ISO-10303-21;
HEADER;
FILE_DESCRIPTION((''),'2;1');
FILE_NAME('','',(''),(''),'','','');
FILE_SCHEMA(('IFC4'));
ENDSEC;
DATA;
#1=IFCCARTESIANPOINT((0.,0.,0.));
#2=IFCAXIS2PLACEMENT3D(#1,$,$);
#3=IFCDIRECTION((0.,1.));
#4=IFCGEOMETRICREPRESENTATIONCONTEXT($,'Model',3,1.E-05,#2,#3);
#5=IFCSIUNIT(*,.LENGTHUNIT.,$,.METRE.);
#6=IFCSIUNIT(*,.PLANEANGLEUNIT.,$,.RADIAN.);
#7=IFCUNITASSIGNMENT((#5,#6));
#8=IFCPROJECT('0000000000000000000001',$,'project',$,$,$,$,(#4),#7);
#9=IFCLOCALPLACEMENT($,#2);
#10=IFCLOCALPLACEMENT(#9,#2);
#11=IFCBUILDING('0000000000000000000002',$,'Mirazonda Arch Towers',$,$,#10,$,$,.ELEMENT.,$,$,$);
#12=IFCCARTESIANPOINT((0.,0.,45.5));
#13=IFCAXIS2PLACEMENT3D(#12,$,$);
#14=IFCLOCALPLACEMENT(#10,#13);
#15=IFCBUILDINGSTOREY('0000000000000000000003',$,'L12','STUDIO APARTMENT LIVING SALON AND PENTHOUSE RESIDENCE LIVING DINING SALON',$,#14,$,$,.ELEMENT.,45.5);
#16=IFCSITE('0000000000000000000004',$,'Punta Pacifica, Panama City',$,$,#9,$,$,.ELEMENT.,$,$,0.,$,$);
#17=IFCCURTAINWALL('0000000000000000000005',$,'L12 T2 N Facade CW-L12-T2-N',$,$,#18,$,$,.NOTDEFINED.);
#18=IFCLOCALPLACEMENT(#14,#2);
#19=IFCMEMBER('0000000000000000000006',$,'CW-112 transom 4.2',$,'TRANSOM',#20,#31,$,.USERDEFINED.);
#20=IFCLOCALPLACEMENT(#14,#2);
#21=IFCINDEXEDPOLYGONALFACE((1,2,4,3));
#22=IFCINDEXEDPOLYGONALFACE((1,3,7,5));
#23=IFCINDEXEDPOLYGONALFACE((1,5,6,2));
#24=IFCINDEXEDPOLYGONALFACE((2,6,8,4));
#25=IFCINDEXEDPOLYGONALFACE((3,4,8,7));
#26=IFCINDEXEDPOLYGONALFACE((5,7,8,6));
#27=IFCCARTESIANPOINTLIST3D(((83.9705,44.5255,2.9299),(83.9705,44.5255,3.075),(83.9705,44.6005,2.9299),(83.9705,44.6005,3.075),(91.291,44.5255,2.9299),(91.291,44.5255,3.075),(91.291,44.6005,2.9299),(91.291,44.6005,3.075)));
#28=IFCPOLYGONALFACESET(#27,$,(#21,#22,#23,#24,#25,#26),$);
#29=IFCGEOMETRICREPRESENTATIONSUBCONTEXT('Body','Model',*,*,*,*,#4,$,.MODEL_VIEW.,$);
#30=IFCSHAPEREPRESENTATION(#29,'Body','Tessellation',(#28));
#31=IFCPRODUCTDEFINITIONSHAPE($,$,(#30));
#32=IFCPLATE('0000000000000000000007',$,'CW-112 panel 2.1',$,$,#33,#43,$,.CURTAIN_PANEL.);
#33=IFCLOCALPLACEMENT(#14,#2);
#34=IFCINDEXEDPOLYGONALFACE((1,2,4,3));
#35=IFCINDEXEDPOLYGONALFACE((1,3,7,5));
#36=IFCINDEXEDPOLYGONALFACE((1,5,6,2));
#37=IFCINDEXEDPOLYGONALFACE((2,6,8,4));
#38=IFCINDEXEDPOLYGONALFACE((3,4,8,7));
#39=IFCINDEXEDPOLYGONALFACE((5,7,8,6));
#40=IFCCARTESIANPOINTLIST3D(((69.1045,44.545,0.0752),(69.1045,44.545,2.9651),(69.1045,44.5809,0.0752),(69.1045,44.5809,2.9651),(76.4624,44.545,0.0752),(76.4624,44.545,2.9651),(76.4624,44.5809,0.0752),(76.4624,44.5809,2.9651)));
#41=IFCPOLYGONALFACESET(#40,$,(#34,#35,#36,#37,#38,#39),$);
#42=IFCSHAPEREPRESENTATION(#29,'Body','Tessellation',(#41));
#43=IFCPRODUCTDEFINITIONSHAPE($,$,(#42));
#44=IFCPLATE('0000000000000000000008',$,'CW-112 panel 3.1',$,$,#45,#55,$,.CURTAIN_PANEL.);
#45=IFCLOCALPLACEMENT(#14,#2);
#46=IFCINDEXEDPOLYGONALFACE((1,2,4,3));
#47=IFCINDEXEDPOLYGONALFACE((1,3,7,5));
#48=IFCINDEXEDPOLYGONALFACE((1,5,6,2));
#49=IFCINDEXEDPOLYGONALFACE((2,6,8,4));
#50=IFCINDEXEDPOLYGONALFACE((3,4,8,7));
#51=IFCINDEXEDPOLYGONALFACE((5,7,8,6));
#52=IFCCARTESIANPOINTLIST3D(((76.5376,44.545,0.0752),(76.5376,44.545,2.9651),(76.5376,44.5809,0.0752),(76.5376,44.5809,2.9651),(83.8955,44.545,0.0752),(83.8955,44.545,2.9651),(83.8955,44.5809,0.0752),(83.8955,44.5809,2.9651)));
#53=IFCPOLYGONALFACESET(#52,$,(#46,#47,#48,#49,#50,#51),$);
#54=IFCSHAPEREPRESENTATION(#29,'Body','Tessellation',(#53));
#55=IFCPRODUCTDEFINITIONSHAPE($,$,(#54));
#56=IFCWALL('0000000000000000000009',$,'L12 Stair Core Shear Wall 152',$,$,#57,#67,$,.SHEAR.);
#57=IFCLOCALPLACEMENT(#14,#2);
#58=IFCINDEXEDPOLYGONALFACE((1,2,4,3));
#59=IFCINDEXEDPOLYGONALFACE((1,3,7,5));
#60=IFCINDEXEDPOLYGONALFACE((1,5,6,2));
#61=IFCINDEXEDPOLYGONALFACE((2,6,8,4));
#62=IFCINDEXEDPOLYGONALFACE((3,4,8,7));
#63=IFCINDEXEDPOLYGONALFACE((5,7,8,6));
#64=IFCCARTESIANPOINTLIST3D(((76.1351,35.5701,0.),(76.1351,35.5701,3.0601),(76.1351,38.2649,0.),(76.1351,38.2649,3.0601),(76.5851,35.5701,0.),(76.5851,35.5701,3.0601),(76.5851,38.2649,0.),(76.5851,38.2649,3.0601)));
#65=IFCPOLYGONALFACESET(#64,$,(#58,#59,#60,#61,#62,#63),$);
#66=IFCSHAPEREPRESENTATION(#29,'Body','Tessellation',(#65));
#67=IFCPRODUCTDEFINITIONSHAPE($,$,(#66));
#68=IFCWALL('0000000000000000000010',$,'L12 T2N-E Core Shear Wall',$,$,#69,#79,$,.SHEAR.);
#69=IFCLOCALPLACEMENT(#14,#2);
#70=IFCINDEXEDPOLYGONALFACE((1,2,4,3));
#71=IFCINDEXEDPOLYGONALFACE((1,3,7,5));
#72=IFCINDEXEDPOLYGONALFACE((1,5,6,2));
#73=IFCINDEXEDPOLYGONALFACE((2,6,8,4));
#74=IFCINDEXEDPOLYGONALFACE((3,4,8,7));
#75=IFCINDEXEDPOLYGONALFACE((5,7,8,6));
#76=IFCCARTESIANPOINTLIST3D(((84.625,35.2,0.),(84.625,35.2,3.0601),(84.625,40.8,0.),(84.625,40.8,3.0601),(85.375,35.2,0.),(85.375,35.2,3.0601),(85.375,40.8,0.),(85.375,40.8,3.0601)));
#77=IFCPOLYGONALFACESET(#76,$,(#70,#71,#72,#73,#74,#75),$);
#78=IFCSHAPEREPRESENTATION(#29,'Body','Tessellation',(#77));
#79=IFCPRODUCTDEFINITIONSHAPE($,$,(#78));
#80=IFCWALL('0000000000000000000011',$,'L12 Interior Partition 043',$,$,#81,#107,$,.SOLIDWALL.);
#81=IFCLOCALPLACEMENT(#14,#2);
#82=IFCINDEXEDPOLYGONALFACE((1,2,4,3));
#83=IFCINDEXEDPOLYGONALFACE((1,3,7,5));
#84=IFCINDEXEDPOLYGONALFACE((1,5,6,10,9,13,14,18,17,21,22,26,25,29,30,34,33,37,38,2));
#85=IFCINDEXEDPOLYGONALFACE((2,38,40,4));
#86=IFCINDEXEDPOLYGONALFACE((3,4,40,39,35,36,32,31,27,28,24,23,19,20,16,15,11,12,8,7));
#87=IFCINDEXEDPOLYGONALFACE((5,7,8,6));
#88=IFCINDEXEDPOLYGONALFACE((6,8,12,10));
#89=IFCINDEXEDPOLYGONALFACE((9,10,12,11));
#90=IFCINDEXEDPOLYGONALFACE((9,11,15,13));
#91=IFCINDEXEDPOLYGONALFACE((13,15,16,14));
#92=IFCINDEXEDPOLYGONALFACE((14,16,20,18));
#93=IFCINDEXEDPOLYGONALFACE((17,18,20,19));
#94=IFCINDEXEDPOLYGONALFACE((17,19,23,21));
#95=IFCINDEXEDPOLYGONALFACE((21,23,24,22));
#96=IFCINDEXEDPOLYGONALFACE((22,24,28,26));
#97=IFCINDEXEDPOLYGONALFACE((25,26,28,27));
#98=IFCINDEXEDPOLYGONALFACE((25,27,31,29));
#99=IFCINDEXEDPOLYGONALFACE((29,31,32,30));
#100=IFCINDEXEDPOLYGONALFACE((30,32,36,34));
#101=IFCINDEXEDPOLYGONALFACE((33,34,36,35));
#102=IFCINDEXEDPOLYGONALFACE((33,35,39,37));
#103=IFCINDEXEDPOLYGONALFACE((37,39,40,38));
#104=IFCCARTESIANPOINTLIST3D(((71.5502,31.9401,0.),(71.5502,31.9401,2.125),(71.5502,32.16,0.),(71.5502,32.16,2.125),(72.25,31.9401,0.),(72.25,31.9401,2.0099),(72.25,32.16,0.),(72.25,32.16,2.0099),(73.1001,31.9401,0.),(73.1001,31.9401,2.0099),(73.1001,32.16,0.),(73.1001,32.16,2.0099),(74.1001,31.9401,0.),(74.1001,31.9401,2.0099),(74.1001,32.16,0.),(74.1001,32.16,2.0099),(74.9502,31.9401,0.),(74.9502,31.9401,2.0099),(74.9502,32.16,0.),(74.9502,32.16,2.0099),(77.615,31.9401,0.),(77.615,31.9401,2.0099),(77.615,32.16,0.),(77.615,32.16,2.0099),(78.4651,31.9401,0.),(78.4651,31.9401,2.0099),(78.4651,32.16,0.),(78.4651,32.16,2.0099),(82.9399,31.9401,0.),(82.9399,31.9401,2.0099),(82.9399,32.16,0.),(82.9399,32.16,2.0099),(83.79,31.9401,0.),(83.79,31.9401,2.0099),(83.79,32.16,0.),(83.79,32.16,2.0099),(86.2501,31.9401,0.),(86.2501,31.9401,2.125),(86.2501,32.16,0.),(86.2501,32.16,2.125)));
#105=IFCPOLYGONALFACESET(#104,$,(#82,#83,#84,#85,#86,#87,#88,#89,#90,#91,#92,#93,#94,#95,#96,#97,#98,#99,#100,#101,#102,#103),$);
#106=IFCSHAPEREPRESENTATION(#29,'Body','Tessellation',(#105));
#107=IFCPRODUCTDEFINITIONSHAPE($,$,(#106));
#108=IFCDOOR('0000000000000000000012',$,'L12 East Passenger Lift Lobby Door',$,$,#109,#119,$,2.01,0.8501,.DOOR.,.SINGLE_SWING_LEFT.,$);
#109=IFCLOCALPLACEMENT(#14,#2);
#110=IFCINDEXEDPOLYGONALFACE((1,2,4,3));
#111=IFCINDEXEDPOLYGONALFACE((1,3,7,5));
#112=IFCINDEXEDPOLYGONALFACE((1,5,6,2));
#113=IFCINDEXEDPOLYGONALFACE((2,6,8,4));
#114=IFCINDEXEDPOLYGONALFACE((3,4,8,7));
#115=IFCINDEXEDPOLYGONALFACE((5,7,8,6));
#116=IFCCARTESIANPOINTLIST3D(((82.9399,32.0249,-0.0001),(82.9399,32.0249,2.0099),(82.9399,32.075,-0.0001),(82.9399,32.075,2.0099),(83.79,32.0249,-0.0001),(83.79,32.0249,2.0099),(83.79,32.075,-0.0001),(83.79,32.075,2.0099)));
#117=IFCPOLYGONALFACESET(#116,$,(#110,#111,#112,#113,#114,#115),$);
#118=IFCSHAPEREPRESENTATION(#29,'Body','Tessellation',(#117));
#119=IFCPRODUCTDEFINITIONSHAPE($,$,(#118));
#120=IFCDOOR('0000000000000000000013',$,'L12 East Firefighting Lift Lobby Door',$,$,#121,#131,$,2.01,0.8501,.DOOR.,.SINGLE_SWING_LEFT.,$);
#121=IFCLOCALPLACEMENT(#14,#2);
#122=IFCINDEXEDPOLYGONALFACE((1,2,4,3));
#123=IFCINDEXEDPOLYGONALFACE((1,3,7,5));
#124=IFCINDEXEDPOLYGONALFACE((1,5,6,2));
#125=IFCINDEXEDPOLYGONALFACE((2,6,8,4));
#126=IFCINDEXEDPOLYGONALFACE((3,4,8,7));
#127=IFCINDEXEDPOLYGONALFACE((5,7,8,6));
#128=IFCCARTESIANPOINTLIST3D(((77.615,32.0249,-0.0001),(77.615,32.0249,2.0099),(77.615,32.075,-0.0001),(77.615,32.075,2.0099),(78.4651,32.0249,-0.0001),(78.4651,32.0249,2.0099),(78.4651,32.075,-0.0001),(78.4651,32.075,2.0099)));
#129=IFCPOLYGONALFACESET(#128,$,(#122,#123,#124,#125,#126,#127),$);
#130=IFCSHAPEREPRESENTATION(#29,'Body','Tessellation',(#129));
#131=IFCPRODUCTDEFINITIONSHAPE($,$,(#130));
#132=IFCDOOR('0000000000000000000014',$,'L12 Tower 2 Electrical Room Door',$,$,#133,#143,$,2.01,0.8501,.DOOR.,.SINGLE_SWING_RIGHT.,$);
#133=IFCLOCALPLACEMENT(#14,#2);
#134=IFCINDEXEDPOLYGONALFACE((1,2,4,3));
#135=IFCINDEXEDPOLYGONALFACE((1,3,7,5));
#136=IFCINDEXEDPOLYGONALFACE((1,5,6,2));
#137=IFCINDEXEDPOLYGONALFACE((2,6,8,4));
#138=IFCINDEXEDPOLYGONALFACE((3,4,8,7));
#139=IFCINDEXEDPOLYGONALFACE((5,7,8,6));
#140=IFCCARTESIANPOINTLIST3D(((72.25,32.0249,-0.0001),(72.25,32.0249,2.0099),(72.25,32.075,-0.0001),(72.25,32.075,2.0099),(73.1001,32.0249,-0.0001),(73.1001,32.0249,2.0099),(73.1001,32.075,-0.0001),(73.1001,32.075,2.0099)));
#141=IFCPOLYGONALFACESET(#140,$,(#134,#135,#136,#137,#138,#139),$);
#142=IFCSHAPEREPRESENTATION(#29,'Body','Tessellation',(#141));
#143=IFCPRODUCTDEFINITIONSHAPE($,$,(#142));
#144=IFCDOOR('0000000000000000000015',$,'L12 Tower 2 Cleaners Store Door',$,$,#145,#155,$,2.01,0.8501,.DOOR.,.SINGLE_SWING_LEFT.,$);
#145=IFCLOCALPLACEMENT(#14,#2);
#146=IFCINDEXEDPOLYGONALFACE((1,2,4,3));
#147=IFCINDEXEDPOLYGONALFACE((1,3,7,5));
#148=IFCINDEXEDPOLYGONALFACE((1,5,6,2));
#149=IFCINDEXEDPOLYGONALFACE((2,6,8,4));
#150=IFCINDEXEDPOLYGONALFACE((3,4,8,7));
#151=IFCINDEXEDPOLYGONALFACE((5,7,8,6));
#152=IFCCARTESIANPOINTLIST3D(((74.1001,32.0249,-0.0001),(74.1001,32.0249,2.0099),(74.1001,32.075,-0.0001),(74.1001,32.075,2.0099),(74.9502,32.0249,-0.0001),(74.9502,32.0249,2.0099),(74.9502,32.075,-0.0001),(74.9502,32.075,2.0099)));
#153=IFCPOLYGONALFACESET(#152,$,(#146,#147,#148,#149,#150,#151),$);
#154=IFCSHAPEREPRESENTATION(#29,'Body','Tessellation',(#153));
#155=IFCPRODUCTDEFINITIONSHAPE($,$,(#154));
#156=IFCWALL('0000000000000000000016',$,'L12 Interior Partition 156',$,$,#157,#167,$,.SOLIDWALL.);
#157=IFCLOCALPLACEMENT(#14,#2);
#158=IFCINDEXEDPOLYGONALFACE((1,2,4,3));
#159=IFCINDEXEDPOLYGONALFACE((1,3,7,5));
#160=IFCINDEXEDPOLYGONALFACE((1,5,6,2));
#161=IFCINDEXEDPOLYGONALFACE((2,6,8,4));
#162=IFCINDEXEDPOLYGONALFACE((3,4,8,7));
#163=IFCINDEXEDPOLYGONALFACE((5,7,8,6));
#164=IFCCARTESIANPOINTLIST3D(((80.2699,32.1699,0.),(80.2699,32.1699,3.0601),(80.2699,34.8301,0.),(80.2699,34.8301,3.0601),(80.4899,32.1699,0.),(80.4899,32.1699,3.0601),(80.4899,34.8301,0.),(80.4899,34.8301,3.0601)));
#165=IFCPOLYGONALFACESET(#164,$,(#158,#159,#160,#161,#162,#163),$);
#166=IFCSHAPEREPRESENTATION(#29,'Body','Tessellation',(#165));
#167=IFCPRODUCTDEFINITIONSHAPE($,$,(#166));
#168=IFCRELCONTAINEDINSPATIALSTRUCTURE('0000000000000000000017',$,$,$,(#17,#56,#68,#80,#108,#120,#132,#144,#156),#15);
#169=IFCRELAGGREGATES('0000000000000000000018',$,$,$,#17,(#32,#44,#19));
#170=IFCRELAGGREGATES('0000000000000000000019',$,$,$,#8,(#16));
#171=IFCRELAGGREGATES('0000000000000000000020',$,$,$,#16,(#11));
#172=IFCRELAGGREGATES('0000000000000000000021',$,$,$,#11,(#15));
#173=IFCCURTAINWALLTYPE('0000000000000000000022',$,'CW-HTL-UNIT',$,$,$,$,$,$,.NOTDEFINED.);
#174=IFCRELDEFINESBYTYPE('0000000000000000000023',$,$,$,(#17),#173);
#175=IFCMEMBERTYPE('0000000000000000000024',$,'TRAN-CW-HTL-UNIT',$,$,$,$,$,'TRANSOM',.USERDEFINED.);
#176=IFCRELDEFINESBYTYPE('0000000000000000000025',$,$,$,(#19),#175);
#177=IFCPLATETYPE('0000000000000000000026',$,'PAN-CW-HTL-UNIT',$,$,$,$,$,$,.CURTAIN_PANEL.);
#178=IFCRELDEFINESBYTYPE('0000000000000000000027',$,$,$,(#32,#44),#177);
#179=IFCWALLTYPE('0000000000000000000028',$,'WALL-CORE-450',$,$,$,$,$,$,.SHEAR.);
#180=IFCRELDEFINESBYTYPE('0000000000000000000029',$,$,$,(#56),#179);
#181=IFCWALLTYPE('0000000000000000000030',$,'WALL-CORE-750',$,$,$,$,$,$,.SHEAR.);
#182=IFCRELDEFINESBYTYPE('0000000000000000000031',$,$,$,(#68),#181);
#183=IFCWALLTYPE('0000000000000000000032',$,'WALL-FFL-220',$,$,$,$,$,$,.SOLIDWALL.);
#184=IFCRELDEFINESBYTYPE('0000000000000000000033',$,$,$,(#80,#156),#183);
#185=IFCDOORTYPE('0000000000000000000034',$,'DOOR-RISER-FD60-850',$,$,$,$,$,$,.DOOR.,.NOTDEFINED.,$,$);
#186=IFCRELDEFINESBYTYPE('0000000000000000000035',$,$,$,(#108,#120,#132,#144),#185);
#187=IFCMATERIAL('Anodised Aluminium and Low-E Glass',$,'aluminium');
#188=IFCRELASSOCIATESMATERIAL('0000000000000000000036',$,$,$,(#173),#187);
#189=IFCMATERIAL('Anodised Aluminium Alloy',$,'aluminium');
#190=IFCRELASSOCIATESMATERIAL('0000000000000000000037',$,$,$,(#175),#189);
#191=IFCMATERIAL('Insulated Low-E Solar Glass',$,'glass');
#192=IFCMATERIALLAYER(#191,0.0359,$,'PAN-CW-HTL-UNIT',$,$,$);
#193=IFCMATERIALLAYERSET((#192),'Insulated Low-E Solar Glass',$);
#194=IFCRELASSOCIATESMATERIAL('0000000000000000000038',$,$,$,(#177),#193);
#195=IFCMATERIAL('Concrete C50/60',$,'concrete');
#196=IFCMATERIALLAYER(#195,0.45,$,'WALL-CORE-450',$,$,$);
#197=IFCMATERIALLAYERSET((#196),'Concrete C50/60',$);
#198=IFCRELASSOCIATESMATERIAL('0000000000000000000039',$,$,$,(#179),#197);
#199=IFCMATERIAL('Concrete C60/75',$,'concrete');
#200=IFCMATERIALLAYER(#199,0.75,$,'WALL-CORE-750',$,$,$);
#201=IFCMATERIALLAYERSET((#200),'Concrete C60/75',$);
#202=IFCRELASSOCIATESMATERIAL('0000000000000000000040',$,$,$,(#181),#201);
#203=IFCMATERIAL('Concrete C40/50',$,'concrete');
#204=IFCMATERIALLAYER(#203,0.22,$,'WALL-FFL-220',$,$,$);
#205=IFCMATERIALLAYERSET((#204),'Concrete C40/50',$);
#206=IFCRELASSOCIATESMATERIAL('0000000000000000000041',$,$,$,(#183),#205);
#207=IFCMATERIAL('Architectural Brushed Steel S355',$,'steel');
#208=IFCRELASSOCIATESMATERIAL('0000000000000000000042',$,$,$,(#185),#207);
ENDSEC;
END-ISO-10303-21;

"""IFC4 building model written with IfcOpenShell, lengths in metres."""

from ifc_helpers import new_model, si_unit, direction, frame, frame_2d, origin, origin_2d, place, context, subcontext, project, spatial, rectangle, extrude, material, layer, layer_set, material_profile, profile_set, type_object, element, fill, aggregate, save


model = new_model("IFC4")

# Units and contexts
model_context = context("Model", 3, precision=1e-05, world=origin(), true_north=direction((0.0, 1.0)))
body_context = subcontext(model_context, "Body", "Model", "MODEL_VIEW")
ifc_project = project(units=[si_unit("LENGTHUNIT", "METRE"), si_unit("PLANEANGLEUNIT", "RADIAN")], contexts=[model_context])

# Site, building, storey
site_placement = place(None, origin())
site = spatial("IfcSite", under=ifc_project, at=site_placement, Name="Punta Pacifica, Panama City", CompositionType="ELEMENT", RefElevation=0.0)
building_placement = place(site_placement, origin())
building = spatial("IfcBuilding", under=site, at=building_placement, Name="Mirazonda Arch Towers", CompositionType="ELEMENT")
storey_placement = place(building_placement, frame((0.0, 0.0, 45.5)))
storey = spatial("IfcBuildingStorey", under=building, at=storey_placement, Name="L12", Description="STUDIO APARTMENT LIVING SALON AND PENTHOUSE RESIDENCE LIVING DINING SALON", CompositionType="ELEMENT", Elevation=45.5)

# Shared definitions
ifc_material_1 = material(Name="Concrete C60/75", Category="concrete")

# Curtain wall, member, plates
ifc_material_2 = material(Name="Anodised Aluminium and Low-E Glass", Category="aluminium")
curtain_wall_type = type_object("IfcCurtainWallType", Name="CW-HTL-UNIT", PredefinedType="NOTDEFINED", material=ifc_material_2)
curtain_wall_placement = place(storey_placement, origin())
curtain_wall = element("IfcCurtainWall", 1, at=curtain_wall_placement, inside=storey, type_object=curtain_wall_type, Name="L12 T2 N Facade CW-L12-T2-N", PredefinedType="NOTDEFINED")
ifc_material_3 = material(Name="Anodised Aluminium Alloy", Category="aluminium")
ifc_material_profile_1 = material_profile(ifc_material_3, rectangle(XDim=0.075, YDim=0.145, at=origin_2d()), Name="ALU-TRAN-75x145")
ifc_profile_set_1 = profile_set([ifc_material_profile_1], Name="Anodised Aluminium Alloy")
member_type_1 = type_object("IfcMemberType", Name="TRAN-CW-HTL-UNIT", ElementType="TRANSOM", PredefinedType="USERDEFINED", material=ifc_profile_set_1)
member_1_placement = place(storey_placement, frame((83.9705, 44.563, 3.0024), z_axis=(1.0, 0.0, 0.0), x_axis=(0.0, 1.0, 0.0)))
member_1 = element("IfcMember", 2, at=member_1_placement, type_object=member_type_1, Name="CW-112 transom 4.2", ObjectType="TRANSOM", PredefinedType="USERDEFINED", context=body_context, shape_type="SweptSolid", body=[
    extrude(rectangle(XDim=0.075, YDim=0.145, at=origin_2d()), origin(), (0.0, 0.0, 1.0), 7.3206),
])
ifc_material_4 = material(Name="Insulated Low-E Solar Glass", Category="glass")
ifc_layer_1 = layer(ifc_material_4, 0.0359, Name="PAN-CW-HTL-UNIT")
ifc_layer_set_1 = layer_set([ifc_layer_1], Name="Insulated Low-E Solar Glass")
plate_type = type_object("IfcPlateType", Name="PAN-CW-HTL-UNIT", PredefinedType="CURTAIN_PANEL", material=ifc_layer_set_1)
plate_1_placement = place(storey_placement, frame((72.7834, 44.563, 0.0752), z_axis=(0.0, 0.0, 1.0), x_axis=(1.0, 0.0, 0.0)))
plate_1 = element("IfcPlate", 3, at=plate_1_placement, type_object=plate_type, Name="CW-112 panel 2.1", PredefinedType="CURTAIN_PANEL", context=body_context, shape_type="SweptSolid", body=[
    extrude(rectangle(XDim=7.3579, YDim=0.0359, at=origin_2d()), origin(), (0.0, 0.0, 1.0), 2.8899),
])
plate_2_placement = place(storey_placement, frame((80.2166, 44.563, 0.0752), z_axis=(0.0, 0.0, 1.0), x_axis=(1.0, 0.0, 0.0)))
plate_2 = element("IfcPlate", 4, at=plate_2_placement, type_object=plate_type, Name="CW-112 panel 3.1", PredefinedType="CURTAIN_PANEL", context=body_context, shape_type="SweptSolid", body=[
    extrude(rectangle(XDim=7.3579, YDim=0.0359, at=origin_2d()), origin(), (0.0, 0.0, 1.0), 2.8899),
])
aggregate(curtain_wall, [plate_1, plate_2, member_1])

# Walls
ifc_material_5 = material(Name="Concrete C50/60", Category="concrete")
ifc_layer_2 = layer(ifc_material_5, 0.45, Name="WALL-CORE-450")
ifc_layer_set_2 = layer_set([ifc_layer_2], Name="Concrete C50/60")
wall_type_1 = type_object("IfcWallType", Name="WALL-CORE-450", PredefinedType="SHEAR", material=ifc_layer_set_2)
wall_1_placement = place(storey_placement, frame((76.3601, 35.5701, 0.0), z_axis=(0.0, 0.0, 1.0), x_axis=(0.0, 1.0, 0.0)))
element("IfcWall", 5, at=wall_1_placement, inside=storey, type_object=wall_type_1, Name="L12 Stair Core Shear Wall 152", PredefinedType="SHEAR", context=body_context, shape_type="SweptSolid", body=[
    extrude(rectangle(XDim=2.6948, YDim=0.45, at=frame_2d((1.3474, 0.0))), origin(), (0.0, 0.0, 1.0), 3.0601),
])
ifc_layer_3 = layer(ifc_material_1, 0.75, Name="WALL-CORE-750")
ifc_layer_set_3 = layer_set([ifc_layer_3], Name="Concrete C60/75")
wall_type_2 = type_object("IfcWallType", Name="WALL-CORE-750", PredefinedType="SHEAR", material=ifc_layer_set_3)
wall_2_placement = place(storey_placement, frame((85.0, 35.2, 0.0), z_axis=(0.0, 0.0, 1.0), x_axis=(0.0, 1.0, 0.0)))
element("IfcWall", 6, at=wall_2_placement, inside=storey, type_object=wall_type_2, Name="L12 T2N-E Core Shear Wall", PredefinedType="SHEAR", context=body_context, shape_type="SweptSolid", body=[
    extrude(rectangle(XDim=5.6001, YDim=0.75, at=frame_2d((2.8, 0.0))), origin(), (0.0, 0.0, 1.0), 3.0601),
])

# Wall, openings, doors
ifc_material_6 = material(Name="Concrete C40/50", Category="concrete")
ifc_layer_4 = layer(ifc_material_6, 0.22, Name="WALL-FFL-220")
ifc_layer_set_4 = layer_set([ifc_layer_4], Name="Concrete C40/50")
wall_type_3 = type_object("IfcWallType", Name="WALL-FFL-220", PredefinedType="SOLIDWALL", material=ifc_layer_set_4)
wall_3_placement = place(storey_placement, frame((71.55, 32.05, 0.0), z_axis=(0.0, 0.0, 1.0), x_axis=(1.0, 0.0, 0.0)))
wall_3 = element("IfcWall", 7, at=wall_3_placement, inside=storey, type_object=wall_type_3, Name="L12 Interior Partition 043", PredefinedType="SOLIDWALL", context=body_context, shape_type="SweptSolid", body=[
    extrude(rectangle(XDim=14.7, YDim=0.22, at=frame_2d((7.3501, 0.0))), origin(), (0.0, 0.0, 1.0), 2.125),
])
opening_1_placement = place(wall_3_placement, frame((11.3899, 0.0, 0.0)))
opening_1 = element("IfcOpeningElement", 8, at=opening_1_placement, cuts=wall_3, PredefinedType="OPENING", context=body_context, shape_type="SweptSolid", body=[
    extrude(rectangle(XDim=0.8501, YDim=2.01, at=frame_2d((0.425, 1.0049))), frame((0.0, 0.1199, 0.0), z_axis=(0.0, -1.0, 0.0), x_axis=(1.0, 0.0, 0.0)), (0.0, 0.0, 1.0), 0.24),
])
opening_2_placement = place(wall_3_placement, frame((6.0649, 0.0, 0.0)))
opening_2 = element("IfcOpeningElement", 9, at=opening_2_placement, cuts=wall_3, PredefinedType="OPENING", context=body_context, shape_type="SweptSolid", body=[
    extrude(rectangle(XDim=0.8501, YDim=2.01, at=frame_2d((0.425, 1.0049))), frame((0.0, 0.1199, 0.0), z_axis=(0.0, -1.0, 0.0), x_axis=(1.0, 0.0, 0.0)), (0.0, 0.0, 1.0), 0.24),
])
opening_3_placement = place(wall_3_placement, frame((0.7, 0.0, 0.0)))
opening_3 = element("IfcOpeningElement", 10, at=opening_3_placement, cuts=wall_3, PredefinedType="OPENING", context=body_context, shape_type="SweptSolid", body=[
    extrude(rectangle(XDim=0.8501, YDim=2.01, at=frame_2d((0.425, 1.0049))), frame((0.0, 0.1199, 0.0), z_axis=(0.0, -1.0, 0.0), x_axis=(1.0, 0.0, 0.0)), (0.0, 0.0, 1.0), 0.24),
])
opening_4_placement = place(wall_3_placement, frame((2.55, 0.0, 0.0)))
opening_4 = element("IfcOpeningElement", 11, at=opening_4_placement, cuts=wall_3, PredefinedType="OPENING", context=body_context, shape_type="SweptSolid", body=[
    extrude(rectangle(XDim=0.8501, YDim=2.01, at=frame_2d((0.425, 1.0049))), frame((0.0, 0.1199, 0.0), z_axis=(0.0, -1.0, 0.0), x_axis=(1.0, 0.0, 0.0)), (0.0, 0.0, 1.0), 0.24),
])
ifc_material_7 = material(Name="Architectural Brushed Steel S355", Category="steel")
door_type = type_object("IfcDoorType", Name="DOOR-RISER-FD60-850", OperationType="NOTDEFINED", PredefinedType="DOOR", material=ifc_material_7)
door_1_placement = place(opening_1_placement, origin())
door_1 = element("IfcDoor", 12, at=door_1_placement, inside=storey, type_object=door_type, Name="L12 East Passenger Lift Lobby Door", OperationType="SINGLE_SWING_LEFT", OverallHeight=2.01, OverallWidth=0.8501, PredefinedType="DOOR", context=body_context, shape_type="SweptSolid", body=[
    extrude(rectangle(XDim=0.8501, YDim=2.01, at=frame_2d((0.425, 1.0049))), frame((0.0, 0.0249, 0.0), z_axis=(0.0, -1.0, 0.0), x_axis=(1.0, 0.0, 0.0)), (0.0, 0.0, 1.0), 0.05),
])
fill(opening_1, door_1)
door_2_placement = place(opening_2_placement, origin())
door_2 = element("IfcDoor", 13, at=door_2_placement, inside=storey, type_object=door_type, Name="L12 East Firefighting Lift Lobby Door", OperationType="SINGLE_SWING_LEFT", OverallHeight=2.01, OverallWidth=0.8501, PredefinedType="DOOR", context=body_context, shape_type="SweptSolid", body=[
    extrude(rectangle(XDim=0.8501, YDim=2.01, at=frame_2d((0.425, 1.0049))), frame((0.0, 0.0249, 0.0), z_axis=(0.0, -1.0, 0.0), x_axis=(1.0, 0.0, 0.0)), (0.0, 0.0, 1.0), 0.05),
])
fill(opening_2, door_2)
door_3_placement = place(opening_3_placement, origin())
door_3 = element("IfcDoor", 14, at=door_3_placement, inside=storey, type_object=door_type, Name="L12 Tower 2 Electrical Room Door", OperationType="SINGLE_SWING_RIGHT", OverallHeight=2.01, OverallWidth=0.8501, PredefinedType="DOOR", context=body_context, shape_type="SweptSolid", body=[
    extrude(rectangle(XDim=0.8501, YDim=2.01, at=frame_2d((0.425, 1.0049))), frame((0.0, 0.0249, 0.0), z_axis=(0.0, -1.0, 0.0), x_axis=(1.0, 0.0, 0.0)), (0.0, 0.0, 1.0), 0.05),
])
fill(opening_3, door_3)
door_4_placement = place(opening_4_placement, origin())
door_4 = element("IfcDoor", 15, at=door_4_placement, inside=storey, type_object=door_type, Name="L12 Tower 2 Cleaners Store Door", OperationType="SINGLE_SWING_LEFT", OverallHeight=2.01, OverallWidth=0.8501, PredefinedType="DOOR", context=body_context, shape_type="SweptSolid", body=[
    extrude(rectangle(XDim=0.8501, YDim=2.01, at=frame_2d((0.425, 1.0049))), frame((0.0, 0.0249, 0.0), z_axis=(0.0, -1.0, 0.0), x_axis=(1.0, 0.0, 0.0)), (0.0, 0.0, 1.0), 0.05),
])
fill(opening_4, door_4)

# Wall
wall_4_placement = place(storey_placement, frame((80.3799, 32.1699, 0.0), z_axis=(0.0, 0.0, 1.0), x_axis=(0.0, 1.0, 0.0)))
element("IfcWall", 16, at=wall_4_placement, inside=storey, type_object=wall_type_3, Name="L12 Interior Partition 156", PredefinedType="SOLIDWALL", context=body_context, shape_type="SweptSolid", body=[
    extrude(rectangle(XDim=2.6602, YDim=0.22, at=frame_2d((1.3301, 0.0))), origin(), (0.0, 0.0, 1.0), 3.0601),
])

save(model, "model.ifc")
